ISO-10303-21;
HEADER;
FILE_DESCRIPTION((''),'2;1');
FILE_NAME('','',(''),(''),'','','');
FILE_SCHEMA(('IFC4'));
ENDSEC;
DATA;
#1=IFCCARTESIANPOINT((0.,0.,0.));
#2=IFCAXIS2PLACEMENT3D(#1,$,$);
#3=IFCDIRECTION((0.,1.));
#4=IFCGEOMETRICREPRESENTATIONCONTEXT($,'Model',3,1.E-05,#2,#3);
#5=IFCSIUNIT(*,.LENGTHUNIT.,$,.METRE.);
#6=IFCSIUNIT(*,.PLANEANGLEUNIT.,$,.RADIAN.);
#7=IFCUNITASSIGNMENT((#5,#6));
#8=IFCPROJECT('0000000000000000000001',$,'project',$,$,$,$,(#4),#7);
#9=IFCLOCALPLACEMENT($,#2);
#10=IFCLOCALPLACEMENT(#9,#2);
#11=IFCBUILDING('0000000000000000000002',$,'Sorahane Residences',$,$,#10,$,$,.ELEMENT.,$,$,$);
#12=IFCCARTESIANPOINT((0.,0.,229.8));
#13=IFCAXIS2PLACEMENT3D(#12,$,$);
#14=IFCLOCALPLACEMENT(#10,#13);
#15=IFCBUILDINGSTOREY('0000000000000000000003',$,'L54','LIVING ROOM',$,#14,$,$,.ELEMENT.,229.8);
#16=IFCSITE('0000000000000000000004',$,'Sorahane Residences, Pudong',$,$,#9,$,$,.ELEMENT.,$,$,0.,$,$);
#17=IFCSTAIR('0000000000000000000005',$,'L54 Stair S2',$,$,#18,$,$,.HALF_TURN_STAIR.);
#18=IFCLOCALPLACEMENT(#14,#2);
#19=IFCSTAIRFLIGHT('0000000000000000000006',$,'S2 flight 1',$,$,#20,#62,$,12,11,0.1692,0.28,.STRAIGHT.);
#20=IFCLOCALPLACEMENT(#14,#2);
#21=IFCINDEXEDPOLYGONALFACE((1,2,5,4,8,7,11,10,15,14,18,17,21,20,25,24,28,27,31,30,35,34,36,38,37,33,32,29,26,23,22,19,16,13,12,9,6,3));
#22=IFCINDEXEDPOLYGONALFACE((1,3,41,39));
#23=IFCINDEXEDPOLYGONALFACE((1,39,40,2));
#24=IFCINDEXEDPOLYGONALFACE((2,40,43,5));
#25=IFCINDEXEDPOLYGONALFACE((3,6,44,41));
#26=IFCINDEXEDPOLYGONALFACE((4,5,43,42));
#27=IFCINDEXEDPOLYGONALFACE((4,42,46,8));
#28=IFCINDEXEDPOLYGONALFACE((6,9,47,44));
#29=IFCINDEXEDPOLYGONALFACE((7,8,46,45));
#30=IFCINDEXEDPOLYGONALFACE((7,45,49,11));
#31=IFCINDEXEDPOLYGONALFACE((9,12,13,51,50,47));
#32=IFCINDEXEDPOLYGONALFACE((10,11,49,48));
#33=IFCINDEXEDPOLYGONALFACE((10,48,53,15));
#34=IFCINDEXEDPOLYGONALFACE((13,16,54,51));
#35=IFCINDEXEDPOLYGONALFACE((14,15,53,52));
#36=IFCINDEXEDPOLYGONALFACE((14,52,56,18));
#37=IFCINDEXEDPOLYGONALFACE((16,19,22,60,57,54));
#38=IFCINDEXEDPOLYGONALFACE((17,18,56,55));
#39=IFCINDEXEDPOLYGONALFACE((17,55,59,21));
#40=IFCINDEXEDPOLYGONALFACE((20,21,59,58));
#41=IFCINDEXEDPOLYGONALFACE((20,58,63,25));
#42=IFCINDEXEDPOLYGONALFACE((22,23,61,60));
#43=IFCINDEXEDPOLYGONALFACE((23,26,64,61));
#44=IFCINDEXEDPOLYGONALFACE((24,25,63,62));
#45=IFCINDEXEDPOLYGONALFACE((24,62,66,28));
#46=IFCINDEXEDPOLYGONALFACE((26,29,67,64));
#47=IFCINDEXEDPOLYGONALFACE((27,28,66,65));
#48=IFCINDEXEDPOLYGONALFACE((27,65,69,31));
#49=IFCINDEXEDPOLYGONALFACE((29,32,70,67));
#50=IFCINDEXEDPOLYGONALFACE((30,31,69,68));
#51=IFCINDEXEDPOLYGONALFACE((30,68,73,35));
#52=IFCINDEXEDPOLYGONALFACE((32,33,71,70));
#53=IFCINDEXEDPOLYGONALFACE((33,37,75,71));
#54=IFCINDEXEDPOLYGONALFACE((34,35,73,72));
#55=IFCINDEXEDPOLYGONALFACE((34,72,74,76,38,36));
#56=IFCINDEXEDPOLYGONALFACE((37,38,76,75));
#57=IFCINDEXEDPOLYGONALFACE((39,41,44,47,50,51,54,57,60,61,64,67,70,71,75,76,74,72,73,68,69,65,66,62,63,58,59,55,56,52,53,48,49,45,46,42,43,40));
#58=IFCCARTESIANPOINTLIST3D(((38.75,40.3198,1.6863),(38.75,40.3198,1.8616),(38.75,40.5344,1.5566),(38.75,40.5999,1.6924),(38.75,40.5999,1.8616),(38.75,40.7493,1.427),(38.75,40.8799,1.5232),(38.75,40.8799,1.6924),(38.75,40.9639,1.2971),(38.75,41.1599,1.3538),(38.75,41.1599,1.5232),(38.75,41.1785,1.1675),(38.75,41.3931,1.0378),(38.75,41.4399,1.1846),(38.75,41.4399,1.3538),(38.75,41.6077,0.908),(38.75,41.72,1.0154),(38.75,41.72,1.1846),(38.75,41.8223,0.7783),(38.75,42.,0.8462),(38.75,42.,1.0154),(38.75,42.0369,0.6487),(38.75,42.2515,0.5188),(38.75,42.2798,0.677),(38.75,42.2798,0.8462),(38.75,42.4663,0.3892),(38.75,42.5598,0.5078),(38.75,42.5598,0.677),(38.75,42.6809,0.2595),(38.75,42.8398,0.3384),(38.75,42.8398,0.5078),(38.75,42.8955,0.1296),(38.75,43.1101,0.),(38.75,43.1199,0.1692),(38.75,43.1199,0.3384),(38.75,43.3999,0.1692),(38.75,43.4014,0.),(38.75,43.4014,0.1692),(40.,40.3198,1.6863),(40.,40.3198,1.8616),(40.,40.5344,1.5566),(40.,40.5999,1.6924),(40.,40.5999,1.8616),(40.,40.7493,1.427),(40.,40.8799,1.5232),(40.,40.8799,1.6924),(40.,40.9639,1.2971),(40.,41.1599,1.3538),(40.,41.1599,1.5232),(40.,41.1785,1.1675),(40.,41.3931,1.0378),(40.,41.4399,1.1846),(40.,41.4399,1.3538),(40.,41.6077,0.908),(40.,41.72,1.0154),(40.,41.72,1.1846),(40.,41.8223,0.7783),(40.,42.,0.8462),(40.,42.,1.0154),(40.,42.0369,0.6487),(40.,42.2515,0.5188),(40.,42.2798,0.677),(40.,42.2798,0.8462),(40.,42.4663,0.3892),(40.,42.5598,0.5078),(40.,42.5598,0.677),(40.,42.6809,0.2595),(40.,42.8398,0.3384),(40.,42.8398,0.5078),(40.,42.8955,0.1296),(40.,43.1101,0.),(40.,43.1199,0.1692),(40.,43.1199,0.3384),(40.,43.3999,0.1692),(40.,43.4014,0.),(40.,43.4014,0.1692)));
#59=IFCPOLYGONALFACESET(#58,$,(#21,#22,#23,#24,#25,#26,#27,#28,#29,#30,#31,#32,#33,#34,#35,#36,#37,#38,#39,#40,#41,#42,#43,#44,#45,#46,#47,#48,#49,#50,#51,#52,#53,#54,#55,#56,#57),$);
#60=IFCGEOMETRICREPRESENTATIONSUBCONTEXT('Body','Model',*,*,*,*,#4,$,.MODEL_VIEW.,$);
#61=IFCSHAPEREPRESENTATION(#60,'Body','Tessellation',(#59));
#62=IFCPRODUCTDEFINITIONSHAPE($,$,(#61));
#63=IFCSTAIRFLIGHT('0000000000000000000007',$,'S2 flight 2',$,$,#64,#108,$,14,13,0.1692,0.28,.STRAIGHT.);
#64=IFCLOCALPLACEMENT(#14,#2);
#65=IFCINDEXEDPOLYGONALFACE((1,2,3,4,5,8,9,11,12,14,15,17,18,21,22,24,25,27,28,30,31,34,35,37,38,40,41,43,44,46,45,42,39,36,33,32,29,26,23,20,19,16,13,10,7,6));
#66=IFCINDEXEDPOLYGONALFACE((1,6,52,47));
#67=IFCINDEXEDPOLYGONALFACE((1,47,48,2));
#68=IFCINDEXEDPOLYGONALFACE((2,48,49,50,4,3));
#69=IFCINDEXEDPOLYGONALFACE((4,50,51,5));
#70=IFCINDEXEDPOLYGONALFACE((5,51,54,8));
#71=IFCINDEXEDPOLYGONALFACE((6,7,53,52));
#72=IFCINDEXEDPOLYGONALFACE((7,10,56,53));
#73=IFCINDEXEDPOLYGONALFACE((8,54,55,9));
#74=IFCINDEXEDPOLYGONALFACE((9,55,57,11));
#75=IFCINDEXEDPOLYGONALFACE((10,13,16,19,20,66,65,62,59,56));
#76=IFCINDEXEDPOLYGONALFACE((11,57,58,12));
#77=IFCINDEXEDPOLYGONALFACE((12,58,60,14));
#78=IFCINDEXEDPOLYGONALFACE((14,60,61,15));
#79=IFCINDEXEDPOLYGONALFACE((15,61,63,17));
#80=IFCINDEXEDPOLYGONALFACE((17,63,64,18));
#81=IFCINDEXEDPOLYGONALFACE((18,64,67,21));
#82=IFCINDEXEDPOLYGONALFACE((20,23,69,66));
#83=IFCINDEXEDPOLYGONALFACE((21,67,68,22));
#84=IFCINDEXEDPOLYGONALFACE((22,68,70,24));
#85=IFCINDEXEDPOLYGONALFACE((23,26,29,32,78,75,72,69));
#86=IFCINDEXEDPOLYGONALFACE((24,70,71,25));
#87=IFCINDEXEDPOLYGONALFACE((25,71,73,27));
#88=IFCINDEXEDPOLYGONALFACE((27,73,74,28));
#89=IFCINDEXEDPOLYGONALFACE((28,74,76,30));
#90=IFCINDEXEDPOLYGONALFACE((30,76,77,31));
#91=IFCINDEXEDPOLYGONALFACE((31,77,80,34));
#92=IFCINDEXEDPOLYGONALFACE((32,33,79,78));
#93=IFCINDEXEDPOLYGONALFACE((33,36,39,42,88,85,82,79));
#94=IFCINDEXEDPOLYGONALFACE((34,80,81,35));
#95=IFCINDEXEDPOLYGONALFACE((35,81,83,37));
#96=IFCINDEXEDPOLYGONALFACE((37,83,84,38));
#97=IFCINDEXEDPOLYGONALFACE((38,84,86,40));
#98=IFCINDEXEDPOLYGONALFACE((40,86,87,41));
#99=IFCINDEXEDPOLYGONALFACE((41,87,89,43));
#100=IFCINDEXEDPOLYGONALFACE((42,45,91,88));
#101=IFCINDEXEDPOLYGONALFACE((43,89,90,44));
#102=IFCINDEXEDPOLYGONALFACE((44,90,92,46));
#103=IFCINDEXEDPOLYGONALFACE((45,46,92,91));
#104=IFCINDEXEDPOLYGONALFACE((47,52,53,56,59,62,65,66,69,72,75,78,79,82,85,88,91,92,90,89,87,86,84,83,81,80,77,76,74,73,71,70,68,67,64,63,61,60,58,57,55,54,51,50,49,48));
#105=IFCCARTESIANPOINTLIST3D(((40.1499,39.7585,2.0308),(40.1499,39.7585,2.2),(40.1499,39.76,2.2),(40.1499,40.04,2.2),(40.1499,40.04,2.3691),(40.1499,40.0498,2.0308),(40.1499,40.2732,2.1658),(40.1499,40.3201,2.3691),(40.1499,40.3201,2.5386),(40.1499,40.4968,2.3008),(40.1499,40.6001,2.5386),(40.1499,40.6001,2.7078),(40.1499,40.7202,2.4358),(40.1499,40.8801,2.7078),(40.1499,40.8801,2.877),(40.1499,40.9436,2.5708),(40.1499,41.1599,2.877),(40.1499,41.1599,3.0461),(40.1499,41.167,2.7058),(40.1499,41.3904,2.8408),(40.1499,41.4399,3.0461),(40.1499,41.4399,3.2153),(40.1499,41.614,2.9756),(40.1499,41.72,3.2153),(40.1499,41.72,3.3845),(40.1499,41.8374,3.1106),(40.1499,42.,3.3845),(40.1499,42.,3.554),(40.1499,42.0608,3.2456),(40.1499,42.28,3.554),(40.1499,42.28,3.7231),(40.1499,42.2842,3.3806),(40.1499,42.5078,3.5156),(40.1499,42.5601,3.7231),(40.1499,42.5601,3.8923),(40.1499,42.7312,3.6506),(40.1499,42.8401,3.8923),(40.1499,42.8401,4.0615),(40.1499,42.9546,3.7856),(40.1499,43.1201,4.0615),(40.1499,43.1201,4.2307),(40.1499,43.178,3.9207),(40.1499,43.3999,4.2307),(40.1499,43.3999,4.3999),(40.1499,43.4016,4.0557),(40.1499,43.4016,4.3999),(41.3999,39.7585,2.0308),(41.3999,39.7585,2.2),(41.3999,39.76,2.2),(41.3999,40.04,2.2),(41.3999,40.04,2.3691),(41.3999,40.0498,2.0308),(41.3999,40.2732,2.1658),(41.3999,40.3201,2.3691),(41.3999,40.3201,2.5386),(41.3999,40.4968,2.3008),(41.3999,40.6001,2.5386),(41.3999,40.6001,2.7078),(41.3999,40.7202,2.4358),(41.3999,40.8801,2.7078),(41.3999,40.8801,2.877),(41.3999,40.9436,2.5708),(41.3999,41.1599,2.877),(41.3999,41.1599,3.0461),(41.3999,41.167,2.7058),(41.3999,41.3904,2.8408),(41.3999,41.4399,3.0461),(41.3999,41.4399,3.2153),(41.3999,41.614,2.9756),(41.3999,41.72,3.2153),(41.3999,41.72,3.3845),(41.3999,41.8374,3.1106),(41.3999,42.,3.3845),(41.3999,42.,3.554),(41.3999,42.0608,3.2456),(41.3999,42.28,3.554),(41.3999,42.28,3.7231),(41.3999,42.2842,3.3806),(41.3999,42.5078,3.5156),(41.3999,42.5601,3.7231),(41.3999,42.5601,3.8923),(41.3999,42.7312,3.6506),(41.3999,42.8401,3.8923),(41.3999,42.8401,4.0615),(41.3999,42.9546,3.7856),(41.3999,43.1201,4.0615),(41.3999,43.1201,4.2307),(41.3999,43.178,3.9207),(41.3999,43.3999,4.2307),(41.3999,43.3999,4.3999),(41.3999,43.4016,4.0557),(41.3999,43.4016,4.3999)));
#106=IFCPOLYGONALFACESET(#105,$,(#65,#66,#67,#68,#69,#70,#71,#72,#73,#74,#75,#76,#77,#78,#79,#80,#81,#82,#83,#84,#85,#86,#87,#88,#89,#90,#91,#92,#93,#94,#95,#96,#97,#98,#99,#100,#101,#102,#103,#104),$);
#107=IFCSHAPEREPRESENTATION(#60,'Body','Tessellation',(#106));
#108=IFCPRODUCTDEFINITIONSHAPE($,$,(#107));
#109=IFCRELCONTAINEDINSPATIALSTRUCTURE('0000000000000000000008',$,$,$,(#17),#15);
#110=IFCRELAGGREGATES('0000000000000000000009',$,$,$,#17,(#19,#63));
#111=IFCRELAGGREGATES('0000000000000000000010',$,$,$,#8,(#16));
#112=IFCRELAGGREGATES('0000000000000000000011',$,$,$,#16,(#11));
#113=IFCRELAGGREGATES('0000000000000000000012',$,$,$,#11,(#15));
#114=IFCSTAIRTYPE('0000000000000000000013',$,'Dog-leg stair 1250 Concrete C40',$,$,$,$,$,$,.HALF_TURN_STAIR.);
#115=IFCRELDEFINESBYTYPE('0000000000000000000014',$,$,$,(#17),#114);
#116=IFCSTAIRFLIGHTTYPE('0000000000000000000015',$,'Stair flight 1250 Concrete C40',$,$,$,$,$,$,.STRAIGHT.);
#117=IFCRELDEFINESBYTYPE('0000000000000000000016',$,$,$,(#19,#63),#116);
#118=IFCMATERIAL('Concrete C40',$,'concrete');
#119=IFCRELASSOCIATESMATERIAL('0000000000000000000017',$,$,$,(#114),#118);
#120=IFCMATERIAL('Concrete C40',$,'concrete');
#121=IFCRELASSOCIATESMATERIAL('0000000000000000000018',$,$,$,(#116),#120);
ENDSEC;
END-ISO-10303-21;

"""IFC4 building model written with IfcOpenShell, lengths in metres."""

from ifc_helpers import new_model, si_unit, direction, frame, origin, place, context, subcontext, project, spatial, polyline, outline, extrude, material, type_object, element, aggregate, save


model = new_model("IFC4")

# Units and contexts
model_context = context("Model", 3, precision=1e-05, world=origin(), true_north=direction((0.0, 1.0)))
body_context = subcontext(model_context, "Body", "Model", "MODEL_VIEW")
ifc_project = project(units=[si_unit("LENGTHUNIT", "METRE"), si_unit("PLANEANGLEUNIT", "RADIAN")], contexts=[model_context])

# Site, building, storey
site_placement = place(None, origin())
site = spatial("IfcSite", under=ifc_project, at=site_placement, Name="Sorahane Residences, Pudong", CompositionType="ELEMENT", RefElevation=0.0)
building_placement = place(site_placement, origin())
building = spatial("IfcBuilding", under=site, at=building_placement, Name="Sorahane Residences", CompositionType="ELEMENT")
storey_placement = place(building_placement, frame((0.0, 0.0, 229.8)))
storey = spatial("IfcBuildingStorey", under=building, at=storey_placement, Name="L54", Description="LIVING ROOM", CompositionType="ELEMENT", Elevation=229.8)

# Stair, stair flights
ifc_material_1 = material(Name="Concrete C40", Category="concrete")
stair_type = type_object("IfcStairType", Name="Dog-leg stair 1250 Concrete C40", PredefinedType="HALF_TURN_STAIR", material=ifc_material_1)
stair_placement = place(storey_placement, origin())
stair = element("IfcStair", 1, at=stair_placement, inside=storey, type_object=stair_type, Name="L54 Stair S2", PredefinedType="HALF_TURN_STAIR")
ifc_material_2 = material(Name="Concrete C40", Category="concrete")
stair_flight_type = type_object("IfcStairFlightType", Name="Stair flight 1250 Concrete C40", PredefinedType="STRAIGHT", material=ifc_material_2)
stair_flight_1_placement = place(storey_placement, frame((39.375, 43.3999, 0.0), z_axis=(0.0, 0.0, 1.0), x_axis=(0.0, -1.0, 0.0)))
stair_flight_1 = element("IfcStairFlight", 2, at=stair_flight_1_placement, type_object=stair_flight_type, Name="S2 flight 1", NumberOfRisers=12, NumberOfTreads=11, PredefinedType="STRAIGHT", RiserHeight=0.1692, TreadLength=0.28, context=body_context, shape_type="SweptSolid", body=[
    extrude(outline(polyline([(-0.0015, 0.0), (-0.0015, 0.1692), (0.0, 0.1692), (0.28, 0.1692), (0.28, 0.3384), (0.5601, 0.3384), (0.5601, 0.5078), (0.8401, 0.5078), (0.8401, 0.677), (1.1201, 0.677), (1.1201, 0.8462), (1.3999, 0.8462), (1.3999, 1.0154), (1.6799, 1.0154), (1.6799, 1.1846), (1.96, 1.1846), (1.96, 1.3538), (2.24, 1.3538), (2.24, 1.5232), (2.52, 1.5232), (2.52, 1.6924), (2.8, 1.6924), (2.8, 1.8616), (3.0801, 1.8616), (3.0801, 2.0308), (3.0801, 1.6863), (2.8655, 1.5566), (2.6506, 1.427), (2.436, 1.2971), (2.2214, 1.1675), (2.0068, 1.0378), (1.7922, 0.908), (1.5776, 0.7783), (1.363, 0.6487), (1.1484, 0.5188), (0.9336, 0.3892), (0.719, 0.2595), (0.5044, 0.1296), (0.2898, 0.0), (-0.0015, 0.0)])), frame((0.0, 0.625, 0.0), z_axis=(0.0, -1.0, 0.0), x_axis=(1.0, 0.0, 0.0)), (0.0, 0.0, 1.0), 1.25),
])
stair_flight_2_placement = place(storey_placement, frame((40.7749, 39.76, 2.0308), z_axis=(0.0, 0.0, 1.0), x_axis=(0.0, 1.0, 0.0)))
stair_flight_2 = element("IfcStairFlight", 3, at=stair_flight_2_placement, type_object=stair_flight_type, Name="S2 flight 2", NumberOfRisers=14, NumberOfTreads=13, PredefinedType="STRAIGHT", RiserHeight=0.1692, TreadLength=0.28, context=body_context, shape_type="SweptSolid", body=[
    extrude(outline(polyline([(-0.0015, 0.0), (-0.0015, 0.1692), (0.0, 0.1692), (0.28, 0.1692), (0.28, 0.3384), (0.5601, 0.3384), (0.5601, 0.5078), (0.8401, 0.5078), (0.8401, 0.677), (1.1201, 0.677), (1.1201, 0.8462), (1.3999, 0.8462), (1.3999, 1.0154), (1.6799, 1.0154), (1.6799, 1.1846), (1.96, 1.1846), (1.96, 1.3538), (2.24, 1.3538), (2.24, 1.5232), (2.52, 1.5232), (2.52, 1.6924), (2.8, 1.6924), (2.8, 1.8616), (3.0801, 1.8616), (3.0801, 2.0308), (3.3601, 2.0308), (3.3601, 2.2), (3.6399, 2.2), (3.6399, 2.3691), (3.6416, 2.3691), (3.6416, 2.0249), (3.418, 1.8899), (3.1946, 1.7549), (2.9712, 1.6199), (2.7478, 1.4849), (2.5242, 1.3499), (2.3008, 1.2148), (2.0774, 1.0798), (1.854, 0.9448), (1.6304, 0.8101), (1.407, 0.675), (1.1836, 0.54), (0.9602, 0.405), (0.7368, 0.27), (0.5132, 0.135), (0.2898, 0.0), (-0.0015, 0.0)])), frame((0.0, 0.625, 0.0), z_axis=(0.0, -1.0, 0.0), x_axis=(1.0, 0.0, 0.0)), (0.0, 0.0, 1.0), 1.25),
])
aggregate(stair, [stair_flight_1, stair_flight_2])

save(model, "model.ifc")
